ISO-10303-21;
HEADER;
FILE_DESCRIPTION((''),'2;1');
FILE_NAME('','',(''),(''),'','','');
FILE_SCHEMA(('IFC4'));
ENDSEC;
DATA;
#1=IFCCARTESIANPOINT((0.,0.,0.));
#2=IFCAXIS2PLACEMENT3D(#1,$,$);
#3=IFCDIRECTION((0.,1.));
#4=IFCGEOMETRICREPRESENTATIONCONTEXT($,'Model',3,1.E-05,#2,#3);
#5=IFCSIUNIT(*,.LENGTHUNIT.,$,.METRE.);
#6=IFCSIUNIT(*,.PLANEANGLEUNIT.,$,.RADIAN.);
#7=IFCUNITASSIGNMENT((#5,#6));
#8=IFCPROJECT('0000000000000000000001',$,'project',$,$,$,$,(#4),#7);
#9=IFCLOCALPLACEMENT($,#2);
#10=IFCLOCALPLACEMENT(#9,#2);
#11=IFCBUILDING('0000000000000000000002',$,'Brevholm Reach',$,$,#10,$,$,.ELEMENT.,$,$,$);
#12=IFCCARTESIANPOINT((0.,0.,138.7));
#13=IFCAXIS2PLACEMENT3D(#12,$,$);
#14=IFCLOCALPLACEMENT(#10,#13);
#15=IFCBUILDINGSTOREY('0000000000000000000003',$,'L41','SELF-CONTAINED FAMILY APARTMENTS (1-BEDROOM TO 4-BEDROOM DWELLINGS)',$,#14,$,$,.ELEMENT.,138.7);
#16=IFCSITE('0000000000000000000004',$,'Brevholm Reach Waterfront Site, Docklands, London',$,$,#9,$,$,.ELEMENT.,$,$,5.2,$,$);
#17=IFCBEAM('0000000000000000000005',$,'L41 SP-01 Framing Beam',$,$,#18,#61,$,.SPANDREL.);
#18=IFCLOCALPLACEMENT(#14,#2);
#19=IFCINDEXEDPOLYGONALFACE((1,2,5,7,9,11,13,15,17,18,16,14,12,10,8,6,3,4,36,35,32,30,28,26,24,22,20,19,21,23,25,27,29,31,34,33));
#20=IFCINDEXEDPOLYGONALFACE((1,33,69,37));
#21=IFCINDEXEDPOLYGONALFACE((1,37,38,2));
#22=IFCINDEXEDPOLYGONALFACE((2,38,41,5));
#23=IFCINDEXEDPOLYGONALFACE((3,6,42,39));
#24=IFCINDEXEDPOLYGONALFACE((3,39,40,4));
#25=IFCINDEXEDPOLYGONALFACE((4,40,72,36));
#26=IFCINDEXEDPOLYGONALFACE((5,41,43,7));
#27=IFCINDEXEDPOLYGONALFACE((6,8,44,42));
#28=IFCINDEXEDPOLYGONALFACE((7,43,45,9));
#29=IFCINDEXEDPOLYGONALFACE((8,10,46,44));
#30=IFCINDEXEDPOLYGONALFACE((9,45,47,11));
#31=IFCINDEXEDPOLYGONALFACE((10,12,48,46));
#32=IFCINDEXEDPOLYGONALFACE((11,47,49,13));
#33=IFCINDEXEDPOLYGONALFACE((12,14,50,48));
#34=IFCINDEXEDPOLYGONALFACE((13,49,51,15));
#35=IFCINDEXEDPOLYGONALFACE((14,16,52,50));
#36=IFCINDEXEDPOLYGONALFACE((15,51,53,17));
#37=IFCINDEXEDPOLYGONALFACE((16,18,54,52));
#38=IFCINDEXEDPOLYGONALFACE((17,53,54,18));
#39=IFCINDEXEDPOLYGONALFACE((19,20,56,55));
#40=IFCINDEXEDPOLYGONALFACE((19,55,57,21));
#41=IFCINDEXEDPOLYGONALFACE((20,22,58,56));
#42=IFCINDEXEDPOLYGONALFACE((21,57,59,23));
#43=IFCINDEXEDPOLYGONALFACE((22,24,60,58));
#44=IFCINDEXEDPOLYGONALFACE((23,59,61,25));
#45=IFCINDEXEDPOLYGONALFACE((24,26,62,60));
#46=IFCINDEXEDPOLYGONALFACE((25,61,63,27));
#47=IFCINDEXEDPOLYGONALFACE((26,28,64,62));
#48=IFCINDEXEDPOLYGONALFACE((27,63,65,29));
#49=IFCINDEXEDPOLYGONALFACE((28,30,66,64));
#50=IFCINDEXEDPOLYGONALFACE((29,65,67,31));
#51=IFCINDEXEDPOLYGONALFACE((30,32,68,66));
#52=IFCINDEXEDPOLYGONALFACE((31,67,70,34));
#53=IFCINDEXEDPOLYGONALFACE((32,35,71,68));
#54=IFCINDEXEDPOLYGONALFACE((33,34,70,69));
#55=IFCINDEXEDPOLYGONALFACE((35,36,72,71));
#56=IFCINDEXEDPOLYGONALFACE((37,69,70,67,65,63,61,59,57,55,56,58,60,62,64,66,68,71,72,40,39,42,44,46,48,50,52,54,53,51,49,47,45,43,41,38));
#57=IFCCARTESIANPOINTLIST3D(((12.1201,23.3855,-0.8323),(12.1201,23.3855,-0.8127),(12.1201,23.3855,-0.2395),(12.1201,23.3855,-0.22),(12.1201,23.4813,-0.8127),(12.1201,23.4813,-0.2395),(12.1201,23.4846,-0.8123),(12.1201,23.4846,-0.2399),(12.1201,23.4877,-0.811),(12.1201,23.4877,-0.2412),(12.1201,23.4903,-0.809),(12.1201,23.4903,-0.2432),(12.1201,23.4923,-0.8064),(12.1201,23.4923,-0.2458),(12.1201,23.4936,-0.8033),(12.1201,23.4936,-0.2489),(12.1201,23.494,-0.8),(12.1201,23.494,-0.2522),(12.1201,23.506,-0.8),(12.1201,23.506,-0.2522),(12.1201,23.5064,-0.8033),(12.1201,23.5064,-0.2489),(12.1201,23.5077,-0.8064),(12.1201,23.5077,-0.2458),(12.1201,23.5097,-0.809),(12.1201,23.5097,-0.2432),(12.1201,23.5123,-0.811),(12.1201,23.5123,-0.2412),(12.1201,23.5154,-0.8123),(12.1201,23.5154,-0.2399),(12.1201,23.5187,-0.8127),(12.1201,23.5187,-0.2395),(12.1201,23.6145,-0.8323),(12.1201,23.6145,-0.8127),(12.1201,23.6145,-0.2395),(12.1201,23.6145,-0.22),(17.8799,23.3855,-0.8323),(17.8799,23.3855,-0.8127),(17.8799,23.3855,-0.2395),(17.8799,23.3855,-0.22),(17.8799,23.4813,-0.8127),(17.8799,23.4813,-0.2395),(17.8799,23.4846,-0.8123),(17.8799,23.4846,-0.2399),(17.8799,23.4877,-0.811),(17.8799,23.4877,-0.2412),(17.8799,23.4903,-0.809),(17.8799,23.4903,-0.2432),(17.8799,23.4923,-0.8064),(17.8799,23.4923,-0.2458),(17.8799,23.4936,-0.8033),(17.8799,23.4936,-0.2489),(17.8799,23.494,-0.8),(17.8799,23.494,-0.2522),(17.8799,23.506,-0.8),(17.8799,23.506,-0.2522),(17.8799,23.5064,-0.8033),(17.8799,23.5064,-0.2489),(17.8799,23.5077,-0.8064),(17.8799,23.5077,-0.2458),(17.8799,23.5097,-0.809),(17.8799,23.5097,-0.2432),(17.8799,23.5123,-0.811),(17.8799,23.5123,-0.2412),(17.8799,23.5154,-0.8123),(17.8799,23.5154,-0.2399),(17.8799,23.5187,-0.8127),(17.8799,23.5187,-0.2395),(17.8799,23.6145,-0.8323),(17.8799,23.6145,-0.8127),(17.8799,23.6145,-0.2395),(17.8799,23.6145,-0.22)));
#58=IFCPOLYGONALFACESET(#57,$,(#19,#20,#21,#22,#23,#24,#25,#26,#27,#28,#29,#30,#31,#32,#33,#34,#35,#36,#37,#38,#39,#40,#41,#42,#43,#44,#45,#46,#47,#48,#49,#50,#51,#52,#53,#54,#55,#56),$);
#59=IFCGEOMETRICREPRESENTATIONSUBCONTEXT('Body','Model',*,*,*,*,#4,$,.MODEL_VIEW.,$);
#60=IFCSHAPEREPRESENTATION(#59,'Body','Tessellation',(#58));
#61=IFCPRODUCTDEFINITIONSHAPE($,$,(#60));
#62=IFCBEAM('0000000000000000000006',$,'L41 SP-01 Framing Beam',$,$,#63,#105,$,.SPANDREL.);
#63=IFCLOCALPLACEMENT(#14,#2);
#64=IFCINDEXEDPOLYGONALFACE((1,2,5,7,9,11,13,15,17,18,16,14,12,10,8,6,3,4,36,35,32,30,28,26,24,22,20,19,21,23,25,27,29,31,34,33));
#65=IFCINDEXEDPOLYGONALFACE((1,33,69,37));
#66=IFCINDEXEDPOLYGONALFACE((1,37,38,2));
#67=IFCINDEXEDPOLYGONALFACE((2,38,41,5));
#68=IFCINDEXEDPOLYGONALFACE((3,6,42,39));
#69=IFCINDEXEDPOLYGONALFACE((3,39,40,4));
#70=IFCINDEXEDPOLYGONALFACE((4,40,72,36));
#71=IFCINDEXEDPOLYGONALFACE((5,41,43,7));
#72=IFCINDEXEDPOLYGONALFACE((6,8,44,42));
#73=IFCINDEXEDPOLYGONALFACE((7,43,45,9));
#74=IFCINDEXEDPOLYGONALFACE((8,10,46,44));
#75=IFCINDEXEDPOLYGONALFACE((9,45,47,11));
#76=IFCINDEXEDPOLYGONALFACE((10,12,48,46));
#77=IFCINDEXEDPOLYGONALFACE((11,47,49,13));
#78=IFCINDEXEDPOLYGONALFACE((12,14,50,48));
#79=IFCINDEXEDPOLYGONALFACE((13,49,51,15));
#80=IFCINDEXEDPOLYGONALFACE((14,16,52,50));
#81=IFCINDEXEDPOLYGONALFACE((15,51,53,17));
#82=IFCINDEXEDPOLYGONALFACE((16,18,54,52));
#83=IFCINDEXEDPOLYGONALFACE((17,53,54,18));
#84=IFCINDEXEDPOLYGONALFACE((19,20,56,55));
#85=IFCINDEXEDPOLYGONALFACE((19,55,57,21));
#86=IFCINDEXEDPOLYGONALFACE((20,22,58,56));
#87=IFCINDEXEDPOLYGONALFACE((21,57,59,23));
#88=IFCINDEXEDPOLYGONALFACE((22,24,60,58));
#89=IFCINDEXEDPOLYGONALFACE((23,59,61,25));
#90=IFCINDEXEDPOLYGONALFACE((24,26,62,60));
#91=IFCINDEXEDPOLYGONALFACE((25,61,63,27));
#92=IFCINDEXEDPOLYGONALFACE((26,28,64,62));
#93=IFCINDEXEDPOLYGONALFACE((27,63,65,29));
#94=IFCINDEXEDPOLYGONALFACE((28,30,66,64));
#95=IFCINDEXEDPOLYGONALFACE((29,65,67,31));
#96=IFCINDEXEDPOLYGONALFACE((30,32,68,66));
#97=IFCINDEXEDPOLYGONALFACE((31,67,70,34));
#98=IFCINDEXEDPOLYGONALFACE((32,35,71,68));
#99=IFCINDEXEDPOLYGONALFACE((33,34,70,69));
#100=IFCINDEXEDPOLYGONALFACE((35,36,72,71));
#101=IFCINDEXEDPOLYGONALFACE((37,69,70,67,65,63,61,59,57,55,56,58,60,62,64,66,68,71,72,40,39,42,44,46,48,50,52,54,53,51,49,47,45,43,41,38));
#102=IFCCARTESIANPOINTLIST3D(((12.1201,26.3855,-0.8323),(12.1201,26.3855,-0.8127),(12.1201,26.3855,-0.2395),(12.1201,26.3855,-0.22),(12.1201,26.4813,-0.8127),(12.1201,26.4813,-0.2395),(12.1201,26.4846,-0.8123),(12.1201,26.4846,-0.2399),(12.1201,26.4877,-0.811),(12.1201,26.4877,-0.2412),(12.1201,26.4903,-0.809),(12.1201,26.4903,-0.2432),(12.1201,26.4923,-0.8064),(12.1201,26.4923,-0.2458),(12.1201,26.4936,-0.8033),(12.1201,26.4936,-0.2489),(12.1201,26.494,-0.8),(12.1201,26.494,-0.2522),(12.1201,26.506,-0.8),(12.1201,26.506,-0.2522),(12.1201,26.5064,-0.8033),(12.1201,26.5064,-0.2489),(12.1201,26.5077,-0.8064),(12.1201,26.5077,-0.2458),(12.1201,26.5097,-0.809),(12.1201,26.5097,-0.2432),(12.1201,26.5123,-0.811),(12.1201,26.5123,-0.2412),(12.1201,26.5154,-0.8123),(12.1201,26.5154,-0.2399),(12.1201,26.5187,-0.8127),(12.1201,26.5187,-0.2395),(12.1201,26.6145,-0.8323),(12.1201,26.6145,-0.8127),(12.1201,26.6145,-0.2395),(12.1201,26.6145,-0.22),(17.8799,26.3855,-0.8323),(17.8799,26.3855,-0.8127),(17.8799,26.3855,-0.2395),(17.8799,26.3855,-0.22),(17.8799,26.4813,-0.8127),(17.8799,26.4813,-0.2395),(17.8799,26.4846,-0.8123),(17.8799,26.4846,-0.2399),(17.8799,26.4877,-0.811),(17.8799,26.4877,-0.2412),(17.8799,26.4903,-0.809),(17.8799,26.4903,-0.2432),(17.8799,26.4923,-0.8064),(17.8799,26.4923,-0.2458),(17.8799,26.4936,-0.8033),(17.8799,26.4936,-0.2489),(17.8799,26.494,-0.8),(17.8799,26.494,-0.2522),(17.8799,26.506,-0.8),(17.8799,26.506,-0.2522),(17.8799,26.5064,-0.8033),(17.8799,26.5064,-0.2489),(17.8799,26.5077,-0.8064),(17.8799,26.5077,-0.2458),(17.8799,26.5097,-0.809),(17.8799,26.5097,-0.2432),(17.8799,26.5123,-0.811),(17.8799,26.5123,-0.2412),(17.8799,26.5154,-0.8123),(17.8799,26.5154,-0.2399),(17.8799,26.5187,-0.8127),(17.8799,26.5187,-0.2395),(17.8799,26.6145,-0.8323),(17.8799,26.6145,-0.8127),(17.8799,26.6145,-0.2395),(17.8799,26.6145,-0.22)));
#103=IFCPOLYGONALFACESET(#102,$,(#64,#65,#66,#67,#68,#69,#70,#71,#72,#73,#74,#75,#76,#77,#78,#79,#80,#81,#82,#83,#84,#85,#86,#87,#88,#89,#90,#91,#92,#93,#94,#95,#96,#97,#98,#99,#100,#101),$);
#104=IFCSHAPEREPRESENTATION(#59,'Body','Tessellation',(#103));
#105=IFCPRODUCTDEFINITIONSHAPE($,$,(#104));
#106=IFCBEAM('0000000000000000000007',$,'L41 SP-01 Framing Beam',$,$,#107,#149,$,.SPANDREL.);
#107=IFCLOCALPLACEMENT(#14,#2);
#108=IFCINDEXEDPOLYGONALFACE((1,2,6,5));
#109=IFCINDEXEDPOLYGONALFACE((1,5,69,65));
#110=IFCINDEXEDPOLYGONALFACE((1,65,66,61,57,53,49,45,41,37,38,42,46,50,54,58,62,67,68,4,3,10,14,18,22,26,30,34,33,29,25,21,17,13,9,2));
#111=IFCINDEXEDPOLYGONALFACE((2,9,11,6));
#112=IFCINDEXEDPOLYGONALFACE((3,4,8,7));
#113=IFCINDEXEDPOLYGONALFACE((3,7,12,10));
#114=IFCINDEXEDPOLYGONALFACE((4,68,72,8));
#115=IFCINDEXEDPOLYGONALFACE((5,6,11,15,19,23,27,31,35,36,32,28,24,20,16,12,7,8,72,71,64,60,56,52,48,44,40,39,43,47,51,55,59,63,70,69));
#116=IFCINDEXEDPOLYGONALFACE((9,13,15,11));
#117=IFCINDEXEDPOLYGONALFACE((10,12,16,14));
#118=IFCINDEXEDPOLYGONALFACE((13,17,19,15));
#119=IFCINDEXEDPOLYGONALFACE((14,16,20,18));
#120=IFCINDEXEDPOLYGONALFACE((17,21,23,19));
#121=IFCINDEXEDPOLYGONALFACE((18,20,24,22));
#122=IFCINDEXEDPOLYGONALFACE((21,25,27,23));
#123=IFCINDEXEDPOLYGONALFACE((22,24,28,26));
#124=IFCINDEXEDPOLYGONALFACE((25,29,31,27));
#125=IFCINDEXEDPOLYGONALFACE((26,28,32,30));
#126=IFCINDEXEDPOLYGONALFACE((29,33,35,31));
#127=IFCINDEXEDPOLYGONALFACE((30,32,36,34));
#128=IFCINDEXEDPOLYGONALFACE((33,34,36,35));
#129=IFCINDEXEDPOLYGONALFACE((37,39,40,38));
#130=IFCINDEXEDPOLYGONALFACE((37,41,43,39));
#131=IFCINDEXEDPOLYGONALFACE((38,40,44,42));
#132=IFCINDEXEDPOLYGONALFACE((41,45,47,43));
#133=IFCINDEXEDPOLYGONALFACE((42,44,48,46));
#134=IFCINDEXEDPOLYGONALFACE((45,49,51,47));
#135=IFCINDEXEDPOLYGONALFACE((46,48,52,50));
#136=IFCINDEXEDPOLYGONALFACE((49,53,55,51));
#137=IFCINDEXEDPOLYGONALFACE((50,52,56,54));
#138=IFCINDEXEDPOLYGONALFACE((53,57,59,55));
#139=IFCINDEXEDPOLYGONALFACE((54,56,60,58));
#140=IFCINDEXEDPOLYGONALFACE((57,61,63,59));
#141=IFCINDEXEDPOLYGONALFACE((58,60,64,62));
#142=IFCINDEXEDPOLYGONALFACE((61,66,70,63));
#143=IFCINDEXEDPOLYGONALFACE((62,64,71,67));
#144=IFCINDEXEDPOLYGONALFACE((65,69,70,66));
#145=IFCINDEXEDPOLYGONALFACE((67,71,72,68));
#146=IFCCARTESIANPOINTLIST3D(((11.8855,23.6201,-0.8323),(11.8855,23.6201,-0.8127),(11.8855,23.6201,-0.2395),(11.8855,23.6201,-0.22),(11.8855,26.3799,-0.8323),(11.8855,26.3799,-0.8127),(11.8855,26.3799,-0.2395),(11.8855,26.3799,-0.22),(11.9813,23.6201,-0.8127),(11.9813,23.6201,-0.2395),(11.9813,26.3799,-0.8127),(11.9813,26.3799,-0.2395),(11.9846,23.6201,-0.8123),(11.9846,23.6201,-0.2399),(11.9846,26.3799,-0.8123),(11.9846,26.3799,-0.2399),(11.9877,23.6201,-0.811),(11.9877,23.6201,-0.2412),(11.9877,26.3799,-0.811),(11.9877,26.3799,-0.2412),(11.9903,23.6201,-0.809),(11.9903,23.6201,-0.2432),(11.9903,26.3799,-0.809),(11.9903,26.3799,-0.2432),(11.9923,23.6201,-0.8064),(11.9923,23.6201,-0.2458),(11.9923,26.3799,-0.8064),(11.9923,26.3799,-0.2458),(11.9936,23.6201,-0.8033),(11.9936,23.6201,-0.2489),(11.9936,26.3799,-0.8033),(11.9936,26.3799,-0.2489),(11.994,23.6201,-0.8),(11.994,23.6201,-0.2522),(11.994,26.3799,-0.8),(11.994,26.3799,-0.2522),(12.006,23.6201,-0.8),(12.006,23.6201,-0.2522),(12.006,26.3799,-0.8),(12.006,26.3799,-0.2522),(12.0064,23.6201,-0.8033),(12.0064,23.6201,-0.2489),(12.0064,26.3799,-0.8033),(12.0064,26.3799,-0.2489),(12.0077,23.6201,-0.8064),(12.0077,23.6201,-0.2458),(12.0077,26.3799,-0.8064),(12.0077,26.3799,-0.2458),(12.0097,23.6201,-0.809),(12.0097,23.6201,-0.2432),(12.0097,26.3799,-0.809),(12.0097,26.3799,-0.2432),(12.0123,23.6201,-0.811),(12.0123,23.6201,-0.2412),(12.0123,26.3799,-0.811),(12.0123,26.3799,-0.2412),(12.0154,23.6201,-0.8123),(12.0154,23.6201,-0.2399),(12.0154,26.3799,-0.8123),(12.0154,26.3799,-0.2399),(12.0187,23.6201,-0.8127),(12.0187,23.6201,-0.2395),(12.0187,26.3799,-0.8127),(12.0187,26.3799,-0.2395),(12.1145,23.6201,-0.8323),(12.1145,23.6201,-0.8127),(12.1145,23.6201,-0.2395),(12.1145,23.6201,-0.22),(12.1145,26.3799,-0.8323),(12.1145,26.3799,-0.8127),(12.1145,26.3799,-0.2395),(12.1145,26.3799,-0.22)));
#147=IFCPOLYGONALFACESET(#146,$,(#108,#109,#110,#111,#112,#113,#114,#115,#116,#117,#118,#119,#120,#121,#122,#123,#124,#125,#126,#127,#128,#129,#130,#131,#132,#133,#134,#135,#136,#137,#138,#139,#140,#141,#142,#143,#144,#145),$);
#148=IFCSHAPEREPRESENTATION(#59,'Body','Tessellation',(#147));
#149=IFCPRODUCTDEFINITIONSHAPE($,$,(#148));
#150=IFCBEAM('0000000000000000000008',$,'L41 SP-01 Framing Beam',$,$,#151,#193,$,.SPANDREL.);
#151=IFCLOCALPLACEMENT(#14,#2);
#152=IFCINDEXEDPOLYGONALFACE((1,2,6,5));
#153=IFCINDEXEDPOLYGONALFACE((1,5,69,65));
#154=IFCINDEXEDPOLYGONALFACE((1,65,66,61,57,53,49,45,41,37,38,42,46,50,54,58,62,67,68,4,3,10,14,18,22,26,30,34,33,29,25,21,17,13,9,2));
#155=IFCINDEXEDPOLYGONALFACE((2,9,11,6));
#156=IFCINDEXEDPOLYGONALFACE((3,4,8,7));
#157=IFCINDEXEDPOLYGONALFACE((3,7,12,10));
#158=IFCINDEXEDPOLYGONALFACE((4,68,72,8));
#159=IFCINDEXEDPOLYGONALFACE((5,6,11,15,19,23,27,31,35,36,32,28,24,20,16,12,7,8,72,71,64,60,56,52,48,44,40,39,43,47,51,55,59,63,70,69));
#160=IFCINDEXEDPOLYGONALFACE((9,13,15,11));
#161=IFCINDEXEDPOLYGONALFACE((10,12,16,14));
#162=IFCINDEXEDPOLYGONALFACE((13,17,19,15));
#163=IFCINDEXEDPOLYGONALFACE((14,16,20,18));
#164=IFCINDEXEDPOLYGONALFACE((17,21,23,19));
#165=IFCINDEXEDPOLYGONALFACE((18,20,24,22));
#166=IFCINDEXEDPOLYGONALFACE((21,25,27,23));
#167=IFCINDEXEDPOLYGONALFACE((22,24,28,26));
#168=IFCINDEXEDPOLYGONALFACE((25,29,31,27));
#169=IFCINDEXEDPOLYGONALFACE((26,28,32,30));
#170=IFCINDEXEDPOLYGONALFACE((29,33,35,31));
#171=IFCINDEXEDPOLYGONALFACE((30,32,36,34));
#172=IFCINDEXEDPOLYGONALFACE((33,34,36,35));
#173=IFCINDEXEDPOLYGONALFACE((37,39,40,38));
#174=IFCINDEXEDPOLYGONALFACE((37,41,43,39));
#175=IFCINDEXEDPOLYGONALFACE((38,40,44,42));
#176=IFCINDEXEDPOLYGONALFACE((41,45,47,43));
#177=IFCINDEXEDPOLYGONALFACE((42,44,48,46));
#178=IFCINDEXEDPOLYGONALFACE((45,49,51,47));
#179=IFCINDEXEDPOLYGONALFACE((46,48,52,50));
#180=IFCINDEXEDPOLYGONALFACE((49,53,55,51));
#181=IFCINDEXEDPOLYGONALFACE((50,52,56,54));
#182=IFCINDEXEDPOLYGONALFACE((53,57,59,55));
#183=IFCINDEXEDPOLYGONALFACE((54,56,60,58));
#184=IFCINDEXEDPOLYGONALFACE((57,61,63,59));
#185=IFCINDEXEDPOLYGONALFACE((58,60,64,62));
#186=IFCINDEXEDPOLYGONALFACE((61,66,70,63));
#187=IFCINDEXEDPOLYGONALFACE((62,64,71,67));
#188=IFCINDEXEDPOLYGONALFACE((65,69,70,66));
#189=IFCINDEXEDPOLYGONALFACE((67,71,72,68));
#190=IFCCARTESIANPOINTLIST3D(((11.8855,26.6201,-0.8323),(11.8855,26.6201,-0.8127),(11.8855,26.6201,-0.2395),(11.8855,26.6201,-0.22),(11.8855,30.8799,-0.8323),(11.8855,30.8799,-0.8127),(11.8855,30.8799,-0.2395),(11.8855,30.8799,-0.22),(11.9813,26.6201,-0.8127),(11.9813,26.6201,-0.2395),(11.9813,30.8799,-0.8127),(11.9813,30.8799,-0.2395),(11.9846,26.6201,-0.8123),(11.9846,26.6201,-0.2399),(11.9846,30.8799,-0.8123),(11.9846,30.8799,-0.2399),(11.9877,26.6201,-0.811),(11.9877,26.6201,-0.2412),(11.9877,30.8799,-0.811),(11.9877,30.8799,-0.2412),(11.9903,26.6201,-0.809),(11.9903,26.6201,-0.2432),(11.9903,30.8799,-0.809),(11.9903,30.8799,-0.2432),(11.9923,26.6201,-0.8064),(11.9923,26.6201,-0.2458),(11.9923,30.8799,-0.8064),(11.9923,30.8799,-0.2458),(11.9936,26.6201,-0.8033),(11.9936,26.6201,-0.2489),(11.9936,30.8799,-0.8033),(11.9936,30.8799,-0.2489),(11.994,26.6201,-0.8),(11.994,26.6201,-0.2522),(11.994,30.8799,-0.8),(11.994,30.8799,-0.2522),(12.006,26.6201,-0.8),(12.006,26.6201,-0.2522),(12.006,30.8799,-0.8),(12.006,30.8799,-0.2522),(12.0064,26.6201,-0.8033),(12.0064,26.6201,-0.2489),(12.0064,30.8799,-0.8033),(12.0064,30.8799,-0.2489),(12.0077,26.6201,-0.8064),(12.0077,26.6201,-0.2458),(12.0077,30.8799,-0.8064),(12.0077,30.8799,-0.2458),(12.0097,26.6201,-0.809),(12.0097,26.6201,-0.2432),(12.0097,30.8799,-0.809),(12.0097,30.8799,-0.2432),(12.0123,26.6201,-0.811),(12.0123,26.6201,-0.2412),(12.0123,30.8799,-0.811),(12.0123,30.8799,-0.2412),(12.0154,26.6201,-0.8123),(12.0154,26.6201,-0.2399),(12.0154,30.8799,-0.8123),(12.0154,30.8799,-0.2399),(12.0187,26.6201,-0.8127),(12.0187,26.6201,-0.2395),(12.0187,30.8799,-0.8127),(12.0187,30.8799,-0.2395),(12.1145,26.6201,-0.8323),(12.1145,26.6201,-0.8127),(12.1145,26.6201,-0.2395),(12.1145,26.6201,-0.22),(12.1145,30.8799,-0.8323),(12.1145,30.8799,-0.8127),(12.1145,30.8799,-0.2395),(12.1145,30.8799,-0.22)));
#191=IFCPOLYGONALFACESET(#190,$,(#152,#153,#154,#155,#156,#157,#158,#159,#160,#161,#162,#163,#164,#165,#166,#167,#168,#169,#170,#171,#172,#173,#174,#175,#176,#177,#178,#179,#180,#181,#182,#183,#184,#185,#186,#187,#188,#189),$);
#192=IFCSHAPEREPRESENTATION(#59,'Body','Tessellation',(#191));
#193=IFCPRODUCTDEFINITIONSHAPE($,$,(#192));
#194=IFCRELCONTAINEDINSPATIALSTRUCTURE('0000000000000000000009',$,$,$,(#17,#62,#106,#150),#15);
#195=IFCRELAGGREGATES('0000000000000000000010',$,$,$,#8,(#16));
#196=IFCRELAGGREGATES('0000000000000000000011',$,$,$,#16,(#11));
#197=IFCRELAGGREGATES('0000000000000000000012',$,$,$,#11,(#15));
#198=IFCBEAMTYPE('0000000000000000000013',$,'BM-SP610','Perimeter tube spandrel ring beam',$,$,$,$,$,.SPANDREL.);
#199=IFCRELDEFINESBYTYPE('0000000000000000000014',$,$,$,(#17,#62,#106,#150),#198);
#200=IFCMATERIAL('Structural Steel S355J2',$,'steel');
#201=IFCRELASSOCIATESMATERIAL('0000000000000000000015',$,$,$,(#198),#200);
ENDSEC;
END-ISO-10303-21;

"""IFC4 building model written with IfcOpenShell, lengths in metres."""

from ifc_helpers import new_model, si_unit, direction, frame, origin, origin_2d, place, context, subcontext, project, spatial, i_section, extrude, material, material_profile, profile_set, type_object, element, save


model = new_model("IFC4")

# Units and contexts
model_context = context("Model", 3, precision=1e-05, world=origin(), true_north=direction((0.0, 1.0)))
body_context = subcontext(model_context, "Body", "Model", "MODEL_VIEW")
ifc_project = project(units=[si_unit("LENGTHUNIT", "METRE"), si_unit("PLANEANGLEUNIT", "RADIAN")], contexts=[model_context])

# Site, building, storey
site_placement = place(None, origin())
site = spatial("IfcSite", under=ifc_project, at=site_placement, Name="Brevholm Reach Waterfront Site, Docklands, London", CompositionType="ELEMENT", RefElevation=5.2)
building_placement = place(site_placement, origin())
building = spatial("IfcBuilding", under=site, at=building_placement, Name="Brevholm Reach", CompositionType="ELEMENT")
storey_placement = place(building_placement, frame((0.0, 0.0, 138.7)))
storey = spatial("IfcBuildingStorey", under=building, at=storey_placement, Name="L41", Description="SELF-CONTAINED FAMILY APARTMENTS (1-BEDROOM TO 4-BEDROOM DWELLINGS)", CompositionType="ELEMENT", Elevation=138.7)

# Beams
ifc_material_1 = material(Name="Structural Steel S355J2", Category="steel")
ifc_material_profile_1 = material_profile(ifc_material_1, i_section(OverallWidth=0.229, OverallDepth=0.6123, WebThickness=0.012, FlangeThickness=0.0195, FilletRadius=0.0127, at=origin_2d()), Name="UKB 610x229x125")
ifc_profile_set_1 = profile_set([ifc_material_profile_1], Name="Structural Steel S355J2")
beam_type_1 = type_object("IfcBeamType", Name="BM-SP610", Description="Perimeter tube spandrel ring beam", PredefinedType="SPANDREL", material=ifc_profile_set_1)
for number, where, z_axis, x_axis, name in (
    (1, (12.1201, 23.5, -0.5261), (1.0, 0.0, 0.0), (0.0, 1.0, 0.0), "L41 SP-01 Framing Beam"),
    (2, (12.1201, 26.5, -0.5261), (1.0, 0.0, 0.0), (0.0, 1.0, 0.0), "L41 SP-01 Framing Beam"),
):
    element("IfcBeam", number, at=place(storey_placement, frame(where, z_axis=z_axis, x_axis=x_axis)), inside=storey, type_object=beam_type_1, Name=name, PredefinedType="SPANDREL", context=body_context, shape_type="SweptSolid", body=[
        extrude(i_section(OverallWidth=0.229, OverallDepth=0.6123, WebThickness=0.012, FlangeThickness=0.0195, FilletRadius=0.0127, at=origin_2d()), origin(), (0.0, 0.0, 1.0), 5.7598),
    ])
beam_1_placement = place(storey_placement, frame((12.0, 23.6201, -0.5261), z_axis=(0.0, 1.0, 0.0), x_axis=(-1.0, 0.0, 0.0)))
element("IfcBeam", 3, at=beam_1_placement, inside=storey, type_object=beam_type_1, Name="L41 SP-01 Framing Beam", PredefinedType="SPANDREL", context=body_context, shape_type="SweptSolid", body=[
    extrude(i_section(OverallWidth=0.229, OverallDepth=0.6123, WebThickness=0.012, FlangeThickness=0.0195, FilletRadius=0.0127, at=origin_2d()), origin(), (0.0, 0.0, 1.0), 2.7598),
])
beam_2_placement = place(storey_placement, frame((12.0, 26.6201, -0.5261), z_axis=(0.0, 1.0, 0.0), x_axis=(-1.0, 0.0, 0.0)))
element("IfcBeam", 4, at=beam_2_placement, inside=storey, type_object=beam_type_1, Name="L41 SP-01 Framing Beam", PredefinedType="SPANDREL", context=body_context, shape_type="SweptSolid", body=[
    extrude(i_section(OverallWidth=0.229, OverallDepth=0.6123, WebThickness=0.012, FlangeThickness=0.0195, FilletRadius=0.0127, at=origin_2d()), origin(), (0.0, 0.0, 1.0), 4.2598),
])

save(model, "model.ifc")
